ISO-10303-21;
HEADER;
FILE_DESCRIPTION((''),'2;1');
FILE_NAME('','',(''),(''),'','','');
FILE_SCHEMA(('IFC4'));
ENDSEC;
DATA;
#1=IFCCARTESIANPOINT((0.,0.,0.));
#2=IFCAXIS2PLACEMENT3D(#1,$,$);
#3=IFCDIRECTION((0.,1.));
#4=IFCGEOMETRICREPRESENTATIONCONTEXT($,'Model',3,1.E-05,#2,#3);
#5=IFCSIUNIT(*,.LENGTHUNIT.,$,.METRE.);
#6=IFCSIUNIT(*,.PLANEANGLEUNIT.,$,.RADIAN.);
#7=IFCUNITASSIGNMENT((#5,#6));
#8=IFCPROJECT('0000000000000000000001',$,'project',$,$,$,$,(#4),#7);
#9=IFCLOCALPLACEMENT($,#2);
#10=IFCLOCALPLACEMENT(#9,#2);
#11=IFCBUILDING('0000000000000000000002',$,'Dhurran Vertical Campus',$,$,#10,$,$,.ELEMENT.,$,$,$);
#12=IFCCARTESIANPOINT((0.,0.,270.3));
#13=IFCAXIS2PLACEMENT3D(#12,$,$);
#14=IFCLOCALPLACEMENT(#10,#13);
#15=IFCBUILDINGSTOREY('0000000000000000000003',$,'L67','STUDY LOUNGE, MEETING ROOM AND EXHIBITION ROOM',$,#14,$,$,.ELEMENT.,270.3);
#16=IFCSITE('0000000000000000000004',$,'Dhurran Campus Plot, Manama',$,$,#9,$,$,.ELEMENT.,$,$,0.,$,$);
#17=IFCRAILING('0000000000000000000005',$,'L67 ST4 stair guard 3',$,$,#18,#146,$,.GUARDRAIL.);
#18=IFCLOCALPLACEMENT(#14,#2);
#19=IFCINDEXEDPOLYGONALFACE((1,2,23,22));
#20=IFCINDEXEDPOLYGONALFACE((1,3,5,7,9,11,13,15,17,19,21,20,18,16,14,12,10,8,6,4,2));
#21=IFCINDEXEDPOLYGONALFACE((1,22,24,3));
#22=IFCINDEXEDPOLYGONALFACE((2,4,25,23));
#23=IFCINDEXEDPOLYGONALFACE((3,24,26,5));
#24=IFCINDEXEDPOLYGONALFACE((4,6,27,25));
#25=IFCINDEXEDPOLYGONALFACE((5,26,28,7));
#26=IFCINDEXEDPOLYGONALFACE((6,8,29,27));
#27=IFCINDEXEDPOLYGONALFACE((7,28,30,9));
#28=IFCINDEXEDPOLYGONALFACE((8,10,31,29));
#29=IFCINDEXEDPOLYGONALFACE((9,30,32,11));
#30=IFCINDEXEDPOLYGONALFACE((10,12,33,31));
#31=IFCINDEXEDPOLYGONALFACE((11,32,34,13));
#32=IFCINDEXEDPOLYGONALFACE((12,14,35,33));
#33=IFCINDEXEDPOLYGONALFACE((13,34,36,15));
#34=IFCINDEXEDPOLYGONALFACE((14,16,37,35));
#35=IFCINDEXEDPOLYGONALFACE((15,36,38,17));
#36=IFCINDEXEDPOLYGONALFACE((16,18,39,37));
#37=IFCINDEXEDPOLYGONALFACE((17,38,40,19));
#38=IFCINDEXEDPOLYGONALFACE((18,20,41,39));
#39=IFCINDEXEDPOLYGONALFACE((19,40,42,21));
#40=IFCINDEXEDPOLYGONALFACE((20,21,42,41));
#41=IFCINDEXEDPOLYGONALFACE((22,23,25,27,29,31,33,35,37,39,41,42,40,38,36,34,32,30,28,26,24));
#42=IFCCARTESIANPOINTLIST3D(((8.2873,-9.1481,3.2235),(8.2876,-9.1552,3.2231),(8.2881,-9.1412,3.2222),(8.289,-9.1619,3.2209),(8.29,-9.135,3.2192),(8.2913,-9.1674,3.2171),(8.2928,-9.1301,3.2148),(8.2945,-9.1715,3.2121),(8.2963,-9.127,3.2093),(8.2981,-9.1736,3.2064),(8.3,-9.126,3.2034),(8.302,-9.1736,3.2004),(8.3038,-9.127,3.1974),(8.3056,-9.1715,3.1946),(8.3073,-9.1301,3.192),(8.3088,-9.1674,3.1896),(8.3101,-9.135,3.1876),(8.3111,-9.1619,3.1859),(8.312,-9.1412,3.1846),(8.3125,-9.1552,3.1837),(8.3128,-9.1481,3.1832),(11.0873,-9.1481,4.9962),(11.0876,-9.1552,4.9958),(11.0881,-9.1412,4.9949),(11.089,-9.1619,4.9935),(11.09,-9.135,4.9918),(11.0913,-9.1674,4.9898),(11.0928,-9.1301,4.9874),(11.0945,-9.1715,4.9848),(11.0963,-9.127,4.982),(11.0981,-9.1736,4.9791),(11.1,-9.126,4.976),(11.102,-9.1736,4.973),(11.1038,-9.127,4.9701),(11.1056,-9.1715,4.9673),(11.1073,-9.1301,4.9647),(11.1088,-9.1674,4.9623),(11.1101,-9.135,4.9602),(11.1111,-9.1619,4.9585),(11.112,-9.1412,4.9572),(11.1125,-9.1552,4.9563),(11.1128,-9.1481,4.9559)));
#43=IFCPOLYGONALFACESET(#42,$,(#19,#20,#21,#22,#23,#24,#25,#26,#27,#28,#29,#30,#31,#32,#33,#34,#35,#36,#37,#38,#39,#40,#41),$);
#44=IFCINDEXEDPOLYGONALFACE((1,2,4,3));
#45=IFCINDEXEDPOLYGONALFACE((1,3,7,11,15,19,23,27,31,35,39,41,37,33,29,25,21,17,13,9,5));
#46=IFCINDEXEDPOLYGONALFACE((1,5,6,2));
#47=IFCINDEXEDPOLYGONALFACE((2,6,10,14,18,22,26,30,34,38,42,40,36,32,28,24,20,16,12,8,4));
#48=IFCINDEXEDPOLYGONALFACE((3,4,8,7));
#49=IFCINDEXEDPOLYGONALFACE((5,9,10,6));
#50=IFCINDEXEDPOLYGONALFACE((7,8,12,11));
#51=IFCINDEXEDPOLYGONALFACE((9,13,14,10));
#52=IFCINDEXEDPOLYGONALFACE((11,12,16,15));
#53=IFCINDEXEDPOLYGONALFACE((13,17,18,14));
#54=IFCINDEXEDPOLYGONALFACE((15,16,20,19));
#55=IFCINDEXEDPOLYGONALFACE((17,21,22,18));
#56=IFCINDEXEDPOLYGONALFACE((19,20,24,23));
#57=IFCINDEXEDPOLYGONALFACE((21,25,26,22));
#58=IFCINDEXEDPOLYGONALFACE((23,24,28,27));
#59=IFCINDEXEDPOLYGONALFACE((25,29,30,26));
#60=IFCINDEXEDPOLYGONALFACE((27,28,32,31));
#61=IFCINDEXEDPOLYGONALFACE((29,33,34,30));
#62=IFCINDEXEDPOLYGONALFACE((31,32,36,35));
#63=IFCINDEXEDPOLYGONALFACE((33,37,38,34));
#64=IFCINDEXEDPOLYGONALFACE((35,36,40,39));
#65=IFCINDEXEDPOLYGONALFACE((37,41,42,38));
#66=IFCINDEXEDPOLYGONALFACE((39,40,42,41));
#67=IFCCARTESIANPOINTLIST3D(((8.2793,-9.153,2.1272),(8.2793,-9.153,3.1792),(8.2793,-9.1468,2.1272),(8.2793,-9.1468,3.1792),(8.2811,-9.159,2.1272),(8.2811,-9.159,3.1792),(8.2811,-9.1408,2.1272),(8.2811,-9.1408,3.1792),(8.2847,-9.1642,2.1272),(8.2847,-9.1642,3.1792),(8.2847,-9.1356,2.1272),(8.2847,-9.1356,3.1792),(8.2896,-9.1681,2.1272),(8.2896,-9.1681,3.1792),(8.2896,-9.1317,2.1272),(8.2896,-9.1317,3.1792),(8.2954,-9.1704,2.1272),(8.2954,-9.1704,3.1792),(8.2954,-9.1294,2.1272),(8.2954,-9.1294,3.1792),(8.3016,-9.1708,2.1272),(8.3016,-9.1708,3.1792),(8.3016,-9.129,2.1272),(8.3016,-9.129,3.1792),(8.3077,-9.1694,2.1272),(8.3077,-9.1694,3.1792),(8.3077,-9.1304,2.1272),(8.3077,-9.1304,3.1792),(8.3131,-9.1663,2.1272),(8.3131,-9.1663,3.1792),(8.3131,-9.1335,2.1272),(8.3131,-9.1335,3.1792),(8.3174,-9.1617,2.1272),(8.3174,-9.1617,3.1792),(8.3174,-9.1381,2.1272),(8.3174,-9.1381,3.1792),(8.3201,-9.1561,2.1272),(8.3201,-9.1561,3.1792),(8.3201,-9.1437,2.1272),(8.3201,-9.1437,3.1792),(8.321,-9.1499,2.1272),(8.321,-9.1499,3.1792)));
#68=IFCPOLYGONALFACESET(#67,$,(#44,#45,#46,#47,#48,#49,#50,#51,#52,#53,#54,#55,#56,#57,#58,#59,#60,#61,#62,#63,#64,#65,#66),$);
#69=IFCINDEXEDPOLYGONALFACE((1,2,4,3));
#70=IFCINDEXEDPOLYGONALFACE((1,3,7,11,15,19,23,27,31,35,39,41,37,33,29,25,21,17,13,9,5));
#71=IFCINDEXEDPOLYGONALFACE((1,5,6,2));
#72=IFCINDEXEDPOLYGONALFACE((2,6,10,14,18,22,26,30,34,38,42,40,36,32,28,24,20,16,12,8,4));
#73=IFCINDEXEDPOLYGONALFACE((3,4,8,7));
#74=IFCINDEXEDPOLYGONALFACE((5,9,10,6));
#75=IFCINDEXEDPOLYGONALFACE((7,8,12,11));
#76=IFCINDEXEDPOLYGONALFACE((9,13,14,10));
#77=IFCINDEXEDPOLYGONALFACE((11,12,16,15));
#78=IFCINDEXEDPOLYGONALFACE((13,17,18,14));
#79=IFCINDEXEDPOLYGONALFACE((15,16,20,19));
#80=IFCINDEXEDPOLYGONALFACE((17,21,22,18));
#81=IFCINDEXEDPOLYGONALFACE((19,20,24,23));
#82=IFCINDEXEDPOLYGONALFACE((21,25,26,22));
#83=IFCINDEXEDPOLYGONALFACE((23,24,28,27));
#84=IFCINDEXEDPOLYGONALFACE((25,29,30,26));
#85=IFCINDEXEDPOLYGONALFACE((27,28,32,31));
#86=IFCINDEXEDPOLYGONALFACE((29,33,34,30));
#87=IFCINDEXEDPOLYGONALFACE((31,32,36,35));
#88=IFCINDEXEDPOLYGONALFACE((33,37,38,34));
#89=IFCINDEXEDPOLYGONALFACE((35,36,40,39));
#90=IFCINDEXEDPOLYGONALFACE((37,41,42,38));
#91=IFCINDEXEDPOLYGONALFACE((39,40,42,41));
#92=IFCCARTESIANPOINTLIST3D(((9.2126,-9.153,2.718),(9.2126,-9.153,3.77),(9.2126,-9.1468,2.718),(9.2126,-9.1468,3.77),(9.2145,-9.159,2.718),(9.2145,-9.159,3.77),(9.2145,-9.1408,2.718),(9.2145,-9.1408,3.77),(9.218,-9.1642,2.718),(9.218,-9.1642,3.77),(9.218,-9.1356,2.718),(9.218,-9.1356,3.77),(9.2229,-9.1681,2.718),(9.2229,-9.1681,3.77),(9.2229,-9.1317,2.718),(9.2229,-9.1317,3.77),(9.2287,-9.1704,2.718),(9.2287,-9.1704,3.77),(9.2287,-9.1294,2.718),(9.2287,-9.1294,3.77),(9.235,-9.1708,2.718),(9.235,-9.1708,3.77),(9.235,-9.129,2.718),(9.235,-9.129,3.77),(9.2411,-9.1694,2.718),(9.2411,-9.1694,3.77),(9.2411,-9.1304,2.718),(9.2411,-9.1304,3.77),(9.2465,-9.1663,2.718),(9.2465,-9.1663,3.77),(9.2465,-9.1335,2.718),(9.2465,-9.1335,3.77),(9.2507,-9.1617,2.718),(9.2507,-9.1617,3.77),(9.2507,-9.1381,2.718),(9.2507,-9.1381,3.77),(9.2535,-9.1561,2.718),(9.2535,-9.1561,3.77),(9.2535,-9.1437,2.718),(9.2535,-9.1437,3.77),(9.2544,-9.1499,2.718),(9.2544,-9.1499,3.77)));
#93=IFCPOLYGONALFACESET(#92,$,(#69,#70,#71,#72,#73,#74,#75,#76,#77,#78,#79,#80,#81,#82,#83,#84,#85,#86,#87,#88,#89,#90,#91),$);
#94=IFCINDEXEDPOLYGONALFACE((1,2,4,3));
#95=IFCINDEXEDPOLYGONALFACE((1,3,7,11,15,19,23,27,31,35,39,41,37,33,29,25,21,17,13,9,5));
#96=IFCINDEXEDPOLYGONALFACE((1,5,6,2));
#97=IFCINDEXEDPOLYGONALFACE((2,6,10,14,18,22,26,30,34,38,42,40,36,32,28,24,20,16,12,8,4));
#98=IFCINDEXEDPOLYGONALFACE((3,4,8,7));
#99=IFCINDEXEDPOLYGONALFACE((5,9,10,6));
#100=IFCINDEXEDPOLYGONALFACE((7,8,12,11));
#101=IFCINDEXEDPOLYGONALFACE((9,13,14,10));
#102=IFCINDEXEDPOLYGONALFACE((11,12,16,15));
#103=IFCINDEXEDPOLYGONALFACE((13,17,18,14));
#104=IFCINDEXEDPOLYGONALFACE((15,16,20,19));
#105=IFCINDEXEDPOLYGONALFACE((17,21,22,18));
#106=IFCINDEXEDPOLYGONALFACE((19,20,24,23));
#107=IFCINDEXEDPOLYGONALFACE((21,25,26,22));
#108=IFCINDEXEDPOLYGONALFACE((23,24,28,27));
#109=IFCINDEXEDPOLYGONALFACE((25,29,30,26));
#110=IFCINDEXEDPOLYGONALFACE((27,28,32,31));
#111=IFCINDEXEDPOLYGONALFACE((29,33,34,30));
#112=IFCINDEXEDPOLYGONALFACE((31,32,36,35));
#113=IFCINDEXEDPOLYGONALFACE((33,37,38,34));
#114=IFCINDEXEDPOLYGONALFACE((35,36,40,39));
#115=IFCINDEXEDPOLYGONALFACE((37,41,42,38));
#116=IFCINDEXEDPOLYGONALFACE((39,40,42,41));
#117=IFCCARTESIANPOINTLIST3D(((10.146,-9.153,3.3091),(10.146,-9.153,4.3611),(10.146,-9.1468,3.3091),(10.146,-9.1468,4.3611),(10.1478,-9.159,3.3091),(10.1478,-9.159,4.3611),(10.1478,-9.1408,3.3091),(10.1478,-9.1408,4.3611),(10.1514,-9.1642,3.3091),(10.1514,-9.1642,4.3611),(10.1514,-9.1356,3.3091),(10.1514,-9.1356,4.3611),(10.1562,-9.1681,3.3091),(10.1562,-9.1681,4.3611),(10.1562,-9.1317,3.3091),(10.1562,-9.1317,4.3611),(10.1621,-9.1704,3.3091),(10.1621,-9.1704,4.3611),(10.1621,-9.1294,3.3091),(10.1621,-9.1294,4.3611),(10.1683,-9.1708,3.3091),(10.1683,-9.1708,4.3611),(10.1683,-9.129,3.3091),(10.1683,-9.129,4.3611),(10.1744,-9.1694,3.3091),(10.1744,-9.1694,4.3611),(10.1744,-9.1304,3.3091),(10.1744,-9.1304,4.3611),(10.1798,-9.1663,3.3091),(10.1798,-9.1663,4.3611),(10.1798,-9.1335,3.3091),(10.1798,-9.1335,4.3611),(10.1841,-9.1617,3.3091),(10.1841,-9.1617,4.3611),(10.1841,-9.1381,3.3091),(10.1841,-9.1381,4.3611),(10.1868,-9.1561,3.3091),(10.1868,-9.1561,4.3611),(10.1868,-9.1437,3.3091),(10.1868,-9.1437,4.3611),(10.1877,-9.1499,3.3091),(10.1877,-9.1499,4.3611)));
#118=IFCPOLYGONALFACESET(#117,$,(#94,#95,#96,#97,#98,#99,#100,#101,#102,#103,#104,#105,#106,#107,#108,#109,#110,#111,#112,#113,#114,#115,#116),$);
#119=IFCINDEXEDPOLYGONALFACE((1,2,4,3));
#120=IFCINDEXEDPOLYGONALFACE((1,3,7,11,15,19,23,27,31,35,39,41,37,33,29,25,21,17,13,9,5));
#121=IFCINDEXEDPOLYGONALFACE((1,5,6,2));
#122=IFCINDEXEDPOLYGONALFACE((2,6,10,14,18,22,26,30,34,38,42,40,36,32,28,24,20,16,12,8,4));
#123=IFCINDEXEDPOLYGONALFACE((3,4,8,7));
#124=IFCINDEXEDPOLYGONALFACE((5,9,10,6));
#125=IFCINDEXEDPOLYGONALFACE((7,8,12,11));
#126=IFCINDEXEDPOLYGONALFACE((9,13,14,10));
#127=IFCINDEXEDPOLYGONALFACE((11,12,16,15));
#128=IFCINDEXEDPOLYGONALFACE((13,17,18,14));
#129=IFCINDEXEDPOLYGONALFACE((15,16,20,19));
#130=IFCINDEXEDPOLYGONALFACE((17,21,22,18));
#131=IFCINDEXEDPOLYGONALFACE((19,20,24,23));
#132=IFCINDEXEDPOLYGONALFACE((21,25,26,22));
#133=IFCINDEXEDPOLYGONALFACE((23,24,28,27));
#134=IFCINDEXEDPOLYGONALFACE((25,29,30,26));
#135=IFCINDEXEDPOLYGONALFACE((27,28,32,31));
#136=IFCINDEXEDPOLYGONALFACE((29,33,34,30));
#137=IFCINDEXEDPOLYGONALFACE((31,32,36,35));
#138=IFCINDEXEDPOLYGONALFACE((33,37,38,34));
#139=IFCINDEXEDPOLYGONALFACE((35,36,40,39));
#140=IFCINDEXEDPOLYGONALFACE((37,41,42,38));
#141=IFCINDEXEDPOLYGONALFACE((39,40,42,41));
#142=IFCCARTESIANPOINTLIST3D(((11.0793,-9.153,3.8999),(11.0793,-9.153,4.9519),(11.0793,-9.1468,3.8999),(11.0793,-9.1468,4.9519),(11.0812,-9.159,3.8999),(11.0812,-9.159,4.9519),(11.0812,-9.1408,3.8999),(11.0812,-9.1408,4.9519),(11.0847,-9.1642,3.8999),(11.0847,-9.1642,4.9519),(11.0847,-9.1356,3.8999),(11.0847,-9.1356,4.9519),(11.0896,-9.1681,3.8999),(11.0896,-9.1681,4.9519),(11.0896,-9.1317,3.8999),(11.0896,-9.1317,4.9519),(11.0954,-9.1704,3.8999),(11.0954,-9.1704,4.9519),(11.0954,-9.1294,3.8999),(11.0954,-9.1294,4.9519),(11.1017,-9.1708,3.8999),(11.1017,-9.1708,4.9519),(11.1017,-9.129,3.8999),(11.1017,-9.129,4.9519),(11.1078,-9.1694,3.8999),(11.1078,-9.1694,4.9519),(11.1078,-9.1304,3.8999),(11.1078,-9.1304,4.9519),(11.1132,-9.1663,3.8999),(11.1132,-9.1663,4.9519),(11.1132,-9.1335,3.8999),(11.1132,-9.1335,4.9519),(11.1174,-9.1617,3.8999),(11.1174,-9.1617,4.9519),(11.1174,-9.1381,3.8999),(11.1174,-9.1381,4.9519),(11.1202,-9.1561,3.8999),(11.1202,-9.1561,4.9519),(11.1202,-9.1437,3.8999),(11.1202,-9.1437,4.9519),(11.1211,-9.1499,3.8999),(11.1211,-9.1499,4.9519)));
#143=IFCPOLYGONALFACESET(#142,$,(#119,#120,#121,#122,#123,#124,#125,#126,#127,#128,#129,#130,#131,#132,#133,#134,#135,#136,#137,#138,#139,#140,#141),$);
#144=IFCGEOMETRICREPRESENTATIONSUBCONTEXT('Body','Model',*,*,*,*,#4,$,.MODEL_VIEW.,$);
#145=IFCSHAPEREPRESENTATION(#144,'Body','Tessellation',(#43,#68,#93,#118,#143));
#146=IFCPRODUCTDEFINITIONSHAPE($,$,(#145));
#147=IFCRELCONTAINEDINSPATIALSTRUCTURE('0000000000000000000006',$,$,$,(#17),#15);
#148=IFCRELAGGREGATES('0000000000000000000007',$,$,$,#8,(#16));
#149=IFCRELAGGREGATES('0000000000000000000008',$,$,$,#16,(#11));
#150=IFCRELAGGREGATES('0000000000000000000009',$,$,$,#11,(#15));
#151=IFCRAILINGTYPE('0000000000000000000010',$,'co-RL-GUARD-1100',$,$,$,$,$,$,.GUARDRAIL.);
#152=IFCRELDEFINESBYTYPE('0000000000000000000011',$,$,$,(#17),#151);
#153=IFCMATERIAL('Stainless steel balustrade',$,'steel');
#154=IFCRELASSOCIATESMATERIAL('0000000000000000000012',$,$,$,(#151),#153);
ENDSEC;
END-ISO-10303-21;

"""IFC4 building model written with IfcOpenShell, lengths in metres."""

from ifc_helpers import new_model, si_unit, direction, frame, origin, origin_2d, place, context, subcontext, project, spatial, circle, extrude, material, type_object, element, save


model = new_model("IFC4")

# Units and contexts
model_context = context("Model", 3, precision=1e-05, world=origin(), true_north=direction((0.0, 1.0)))
body_context = subcontext(model_context, "Body", "Model", "MODEL_VIEW")
ifc_project = project(units=[si_unit("LENGTHUNIT", "METRE"), si_unit("PLANEANGLEUNIT", "RADIAN")], contexts=[model_context])

# Site, building, storey
site_placement = place(None, origin())
site = spatial("IfcSite", under=ifc_project, at=site_placement, Name="Dhurran Campus Plot, Manama", CompositionType="ELEMENT", RefElevation=0.0)
building_placement = place(site_placement, origin())
building = spatial("IfcBuilding", under=site, at=building_placement, Name="Dhurran Vertical Campus", CompositionType="ELEMENT")
storey_placement = place(building_placement, frame((0.0, 0.0, 270.3)))
storey = spatial("IfcBuildingStorey", under=building, at=storey_placement, Name="L67", Description="STUDY LOUNGE, MEETING ROOM AND EXHIBITION ROOM", CompositionType="ELEMENT", Elevation=270.3)

# Railing
ifc_material_1 = material(Name="Stainless steel balustrade", Category="steel")
railing_type_1 = type_object("IfcRailingType", Name="co-RL-GUARD-1100", PredefinedType="GUARDRAIL", material=ifc_material_1)
railing_1_placement = place(storey_placement, frame((8.3, -9.1499, 2.1272)))
element("IfcRailing", 1, at=railing_1_placement, inside=storey, type_object=railing_type_1, Name="L67 ST4 stair guard 3", PredefinedType="GUARDRAIL", context=body_context, shape_type="SweptSolid", body=[
    extrude(circle(Radius=0.0239, at=origin_2d()), frame((0.0, 0.0, 1.0762), z_axis=(0.844909, 0.0, 0.53491), x_axis=(0.0, 1.0, 0.0)), (0.0, 0.0, 1.0), 3.314),
    extrude(circle(Radius=0.021, at=origin_2d()), origin(), (0.0, 0.0, 1.0), 1.052),
    extrude(circle(Radius=0.021, at=origin_2d()), frame((0.9333, 0.0, 0.5908)), (0.0, 0.0, 1.0), 1.052),
    extrude(circle(Radius=0.021, at=origin_2d()), frame((1.8667, 0.0, 1.1819)), (0.0, 0.0, 1.0), 1.052),
    extrude(circle(Radius=0.021, at=origin_2d()), frame((2.8, 0.0, 1.7727)), (0.0, 0.0, 1.0), 1.052),
])

save(model, "model.ifc")
